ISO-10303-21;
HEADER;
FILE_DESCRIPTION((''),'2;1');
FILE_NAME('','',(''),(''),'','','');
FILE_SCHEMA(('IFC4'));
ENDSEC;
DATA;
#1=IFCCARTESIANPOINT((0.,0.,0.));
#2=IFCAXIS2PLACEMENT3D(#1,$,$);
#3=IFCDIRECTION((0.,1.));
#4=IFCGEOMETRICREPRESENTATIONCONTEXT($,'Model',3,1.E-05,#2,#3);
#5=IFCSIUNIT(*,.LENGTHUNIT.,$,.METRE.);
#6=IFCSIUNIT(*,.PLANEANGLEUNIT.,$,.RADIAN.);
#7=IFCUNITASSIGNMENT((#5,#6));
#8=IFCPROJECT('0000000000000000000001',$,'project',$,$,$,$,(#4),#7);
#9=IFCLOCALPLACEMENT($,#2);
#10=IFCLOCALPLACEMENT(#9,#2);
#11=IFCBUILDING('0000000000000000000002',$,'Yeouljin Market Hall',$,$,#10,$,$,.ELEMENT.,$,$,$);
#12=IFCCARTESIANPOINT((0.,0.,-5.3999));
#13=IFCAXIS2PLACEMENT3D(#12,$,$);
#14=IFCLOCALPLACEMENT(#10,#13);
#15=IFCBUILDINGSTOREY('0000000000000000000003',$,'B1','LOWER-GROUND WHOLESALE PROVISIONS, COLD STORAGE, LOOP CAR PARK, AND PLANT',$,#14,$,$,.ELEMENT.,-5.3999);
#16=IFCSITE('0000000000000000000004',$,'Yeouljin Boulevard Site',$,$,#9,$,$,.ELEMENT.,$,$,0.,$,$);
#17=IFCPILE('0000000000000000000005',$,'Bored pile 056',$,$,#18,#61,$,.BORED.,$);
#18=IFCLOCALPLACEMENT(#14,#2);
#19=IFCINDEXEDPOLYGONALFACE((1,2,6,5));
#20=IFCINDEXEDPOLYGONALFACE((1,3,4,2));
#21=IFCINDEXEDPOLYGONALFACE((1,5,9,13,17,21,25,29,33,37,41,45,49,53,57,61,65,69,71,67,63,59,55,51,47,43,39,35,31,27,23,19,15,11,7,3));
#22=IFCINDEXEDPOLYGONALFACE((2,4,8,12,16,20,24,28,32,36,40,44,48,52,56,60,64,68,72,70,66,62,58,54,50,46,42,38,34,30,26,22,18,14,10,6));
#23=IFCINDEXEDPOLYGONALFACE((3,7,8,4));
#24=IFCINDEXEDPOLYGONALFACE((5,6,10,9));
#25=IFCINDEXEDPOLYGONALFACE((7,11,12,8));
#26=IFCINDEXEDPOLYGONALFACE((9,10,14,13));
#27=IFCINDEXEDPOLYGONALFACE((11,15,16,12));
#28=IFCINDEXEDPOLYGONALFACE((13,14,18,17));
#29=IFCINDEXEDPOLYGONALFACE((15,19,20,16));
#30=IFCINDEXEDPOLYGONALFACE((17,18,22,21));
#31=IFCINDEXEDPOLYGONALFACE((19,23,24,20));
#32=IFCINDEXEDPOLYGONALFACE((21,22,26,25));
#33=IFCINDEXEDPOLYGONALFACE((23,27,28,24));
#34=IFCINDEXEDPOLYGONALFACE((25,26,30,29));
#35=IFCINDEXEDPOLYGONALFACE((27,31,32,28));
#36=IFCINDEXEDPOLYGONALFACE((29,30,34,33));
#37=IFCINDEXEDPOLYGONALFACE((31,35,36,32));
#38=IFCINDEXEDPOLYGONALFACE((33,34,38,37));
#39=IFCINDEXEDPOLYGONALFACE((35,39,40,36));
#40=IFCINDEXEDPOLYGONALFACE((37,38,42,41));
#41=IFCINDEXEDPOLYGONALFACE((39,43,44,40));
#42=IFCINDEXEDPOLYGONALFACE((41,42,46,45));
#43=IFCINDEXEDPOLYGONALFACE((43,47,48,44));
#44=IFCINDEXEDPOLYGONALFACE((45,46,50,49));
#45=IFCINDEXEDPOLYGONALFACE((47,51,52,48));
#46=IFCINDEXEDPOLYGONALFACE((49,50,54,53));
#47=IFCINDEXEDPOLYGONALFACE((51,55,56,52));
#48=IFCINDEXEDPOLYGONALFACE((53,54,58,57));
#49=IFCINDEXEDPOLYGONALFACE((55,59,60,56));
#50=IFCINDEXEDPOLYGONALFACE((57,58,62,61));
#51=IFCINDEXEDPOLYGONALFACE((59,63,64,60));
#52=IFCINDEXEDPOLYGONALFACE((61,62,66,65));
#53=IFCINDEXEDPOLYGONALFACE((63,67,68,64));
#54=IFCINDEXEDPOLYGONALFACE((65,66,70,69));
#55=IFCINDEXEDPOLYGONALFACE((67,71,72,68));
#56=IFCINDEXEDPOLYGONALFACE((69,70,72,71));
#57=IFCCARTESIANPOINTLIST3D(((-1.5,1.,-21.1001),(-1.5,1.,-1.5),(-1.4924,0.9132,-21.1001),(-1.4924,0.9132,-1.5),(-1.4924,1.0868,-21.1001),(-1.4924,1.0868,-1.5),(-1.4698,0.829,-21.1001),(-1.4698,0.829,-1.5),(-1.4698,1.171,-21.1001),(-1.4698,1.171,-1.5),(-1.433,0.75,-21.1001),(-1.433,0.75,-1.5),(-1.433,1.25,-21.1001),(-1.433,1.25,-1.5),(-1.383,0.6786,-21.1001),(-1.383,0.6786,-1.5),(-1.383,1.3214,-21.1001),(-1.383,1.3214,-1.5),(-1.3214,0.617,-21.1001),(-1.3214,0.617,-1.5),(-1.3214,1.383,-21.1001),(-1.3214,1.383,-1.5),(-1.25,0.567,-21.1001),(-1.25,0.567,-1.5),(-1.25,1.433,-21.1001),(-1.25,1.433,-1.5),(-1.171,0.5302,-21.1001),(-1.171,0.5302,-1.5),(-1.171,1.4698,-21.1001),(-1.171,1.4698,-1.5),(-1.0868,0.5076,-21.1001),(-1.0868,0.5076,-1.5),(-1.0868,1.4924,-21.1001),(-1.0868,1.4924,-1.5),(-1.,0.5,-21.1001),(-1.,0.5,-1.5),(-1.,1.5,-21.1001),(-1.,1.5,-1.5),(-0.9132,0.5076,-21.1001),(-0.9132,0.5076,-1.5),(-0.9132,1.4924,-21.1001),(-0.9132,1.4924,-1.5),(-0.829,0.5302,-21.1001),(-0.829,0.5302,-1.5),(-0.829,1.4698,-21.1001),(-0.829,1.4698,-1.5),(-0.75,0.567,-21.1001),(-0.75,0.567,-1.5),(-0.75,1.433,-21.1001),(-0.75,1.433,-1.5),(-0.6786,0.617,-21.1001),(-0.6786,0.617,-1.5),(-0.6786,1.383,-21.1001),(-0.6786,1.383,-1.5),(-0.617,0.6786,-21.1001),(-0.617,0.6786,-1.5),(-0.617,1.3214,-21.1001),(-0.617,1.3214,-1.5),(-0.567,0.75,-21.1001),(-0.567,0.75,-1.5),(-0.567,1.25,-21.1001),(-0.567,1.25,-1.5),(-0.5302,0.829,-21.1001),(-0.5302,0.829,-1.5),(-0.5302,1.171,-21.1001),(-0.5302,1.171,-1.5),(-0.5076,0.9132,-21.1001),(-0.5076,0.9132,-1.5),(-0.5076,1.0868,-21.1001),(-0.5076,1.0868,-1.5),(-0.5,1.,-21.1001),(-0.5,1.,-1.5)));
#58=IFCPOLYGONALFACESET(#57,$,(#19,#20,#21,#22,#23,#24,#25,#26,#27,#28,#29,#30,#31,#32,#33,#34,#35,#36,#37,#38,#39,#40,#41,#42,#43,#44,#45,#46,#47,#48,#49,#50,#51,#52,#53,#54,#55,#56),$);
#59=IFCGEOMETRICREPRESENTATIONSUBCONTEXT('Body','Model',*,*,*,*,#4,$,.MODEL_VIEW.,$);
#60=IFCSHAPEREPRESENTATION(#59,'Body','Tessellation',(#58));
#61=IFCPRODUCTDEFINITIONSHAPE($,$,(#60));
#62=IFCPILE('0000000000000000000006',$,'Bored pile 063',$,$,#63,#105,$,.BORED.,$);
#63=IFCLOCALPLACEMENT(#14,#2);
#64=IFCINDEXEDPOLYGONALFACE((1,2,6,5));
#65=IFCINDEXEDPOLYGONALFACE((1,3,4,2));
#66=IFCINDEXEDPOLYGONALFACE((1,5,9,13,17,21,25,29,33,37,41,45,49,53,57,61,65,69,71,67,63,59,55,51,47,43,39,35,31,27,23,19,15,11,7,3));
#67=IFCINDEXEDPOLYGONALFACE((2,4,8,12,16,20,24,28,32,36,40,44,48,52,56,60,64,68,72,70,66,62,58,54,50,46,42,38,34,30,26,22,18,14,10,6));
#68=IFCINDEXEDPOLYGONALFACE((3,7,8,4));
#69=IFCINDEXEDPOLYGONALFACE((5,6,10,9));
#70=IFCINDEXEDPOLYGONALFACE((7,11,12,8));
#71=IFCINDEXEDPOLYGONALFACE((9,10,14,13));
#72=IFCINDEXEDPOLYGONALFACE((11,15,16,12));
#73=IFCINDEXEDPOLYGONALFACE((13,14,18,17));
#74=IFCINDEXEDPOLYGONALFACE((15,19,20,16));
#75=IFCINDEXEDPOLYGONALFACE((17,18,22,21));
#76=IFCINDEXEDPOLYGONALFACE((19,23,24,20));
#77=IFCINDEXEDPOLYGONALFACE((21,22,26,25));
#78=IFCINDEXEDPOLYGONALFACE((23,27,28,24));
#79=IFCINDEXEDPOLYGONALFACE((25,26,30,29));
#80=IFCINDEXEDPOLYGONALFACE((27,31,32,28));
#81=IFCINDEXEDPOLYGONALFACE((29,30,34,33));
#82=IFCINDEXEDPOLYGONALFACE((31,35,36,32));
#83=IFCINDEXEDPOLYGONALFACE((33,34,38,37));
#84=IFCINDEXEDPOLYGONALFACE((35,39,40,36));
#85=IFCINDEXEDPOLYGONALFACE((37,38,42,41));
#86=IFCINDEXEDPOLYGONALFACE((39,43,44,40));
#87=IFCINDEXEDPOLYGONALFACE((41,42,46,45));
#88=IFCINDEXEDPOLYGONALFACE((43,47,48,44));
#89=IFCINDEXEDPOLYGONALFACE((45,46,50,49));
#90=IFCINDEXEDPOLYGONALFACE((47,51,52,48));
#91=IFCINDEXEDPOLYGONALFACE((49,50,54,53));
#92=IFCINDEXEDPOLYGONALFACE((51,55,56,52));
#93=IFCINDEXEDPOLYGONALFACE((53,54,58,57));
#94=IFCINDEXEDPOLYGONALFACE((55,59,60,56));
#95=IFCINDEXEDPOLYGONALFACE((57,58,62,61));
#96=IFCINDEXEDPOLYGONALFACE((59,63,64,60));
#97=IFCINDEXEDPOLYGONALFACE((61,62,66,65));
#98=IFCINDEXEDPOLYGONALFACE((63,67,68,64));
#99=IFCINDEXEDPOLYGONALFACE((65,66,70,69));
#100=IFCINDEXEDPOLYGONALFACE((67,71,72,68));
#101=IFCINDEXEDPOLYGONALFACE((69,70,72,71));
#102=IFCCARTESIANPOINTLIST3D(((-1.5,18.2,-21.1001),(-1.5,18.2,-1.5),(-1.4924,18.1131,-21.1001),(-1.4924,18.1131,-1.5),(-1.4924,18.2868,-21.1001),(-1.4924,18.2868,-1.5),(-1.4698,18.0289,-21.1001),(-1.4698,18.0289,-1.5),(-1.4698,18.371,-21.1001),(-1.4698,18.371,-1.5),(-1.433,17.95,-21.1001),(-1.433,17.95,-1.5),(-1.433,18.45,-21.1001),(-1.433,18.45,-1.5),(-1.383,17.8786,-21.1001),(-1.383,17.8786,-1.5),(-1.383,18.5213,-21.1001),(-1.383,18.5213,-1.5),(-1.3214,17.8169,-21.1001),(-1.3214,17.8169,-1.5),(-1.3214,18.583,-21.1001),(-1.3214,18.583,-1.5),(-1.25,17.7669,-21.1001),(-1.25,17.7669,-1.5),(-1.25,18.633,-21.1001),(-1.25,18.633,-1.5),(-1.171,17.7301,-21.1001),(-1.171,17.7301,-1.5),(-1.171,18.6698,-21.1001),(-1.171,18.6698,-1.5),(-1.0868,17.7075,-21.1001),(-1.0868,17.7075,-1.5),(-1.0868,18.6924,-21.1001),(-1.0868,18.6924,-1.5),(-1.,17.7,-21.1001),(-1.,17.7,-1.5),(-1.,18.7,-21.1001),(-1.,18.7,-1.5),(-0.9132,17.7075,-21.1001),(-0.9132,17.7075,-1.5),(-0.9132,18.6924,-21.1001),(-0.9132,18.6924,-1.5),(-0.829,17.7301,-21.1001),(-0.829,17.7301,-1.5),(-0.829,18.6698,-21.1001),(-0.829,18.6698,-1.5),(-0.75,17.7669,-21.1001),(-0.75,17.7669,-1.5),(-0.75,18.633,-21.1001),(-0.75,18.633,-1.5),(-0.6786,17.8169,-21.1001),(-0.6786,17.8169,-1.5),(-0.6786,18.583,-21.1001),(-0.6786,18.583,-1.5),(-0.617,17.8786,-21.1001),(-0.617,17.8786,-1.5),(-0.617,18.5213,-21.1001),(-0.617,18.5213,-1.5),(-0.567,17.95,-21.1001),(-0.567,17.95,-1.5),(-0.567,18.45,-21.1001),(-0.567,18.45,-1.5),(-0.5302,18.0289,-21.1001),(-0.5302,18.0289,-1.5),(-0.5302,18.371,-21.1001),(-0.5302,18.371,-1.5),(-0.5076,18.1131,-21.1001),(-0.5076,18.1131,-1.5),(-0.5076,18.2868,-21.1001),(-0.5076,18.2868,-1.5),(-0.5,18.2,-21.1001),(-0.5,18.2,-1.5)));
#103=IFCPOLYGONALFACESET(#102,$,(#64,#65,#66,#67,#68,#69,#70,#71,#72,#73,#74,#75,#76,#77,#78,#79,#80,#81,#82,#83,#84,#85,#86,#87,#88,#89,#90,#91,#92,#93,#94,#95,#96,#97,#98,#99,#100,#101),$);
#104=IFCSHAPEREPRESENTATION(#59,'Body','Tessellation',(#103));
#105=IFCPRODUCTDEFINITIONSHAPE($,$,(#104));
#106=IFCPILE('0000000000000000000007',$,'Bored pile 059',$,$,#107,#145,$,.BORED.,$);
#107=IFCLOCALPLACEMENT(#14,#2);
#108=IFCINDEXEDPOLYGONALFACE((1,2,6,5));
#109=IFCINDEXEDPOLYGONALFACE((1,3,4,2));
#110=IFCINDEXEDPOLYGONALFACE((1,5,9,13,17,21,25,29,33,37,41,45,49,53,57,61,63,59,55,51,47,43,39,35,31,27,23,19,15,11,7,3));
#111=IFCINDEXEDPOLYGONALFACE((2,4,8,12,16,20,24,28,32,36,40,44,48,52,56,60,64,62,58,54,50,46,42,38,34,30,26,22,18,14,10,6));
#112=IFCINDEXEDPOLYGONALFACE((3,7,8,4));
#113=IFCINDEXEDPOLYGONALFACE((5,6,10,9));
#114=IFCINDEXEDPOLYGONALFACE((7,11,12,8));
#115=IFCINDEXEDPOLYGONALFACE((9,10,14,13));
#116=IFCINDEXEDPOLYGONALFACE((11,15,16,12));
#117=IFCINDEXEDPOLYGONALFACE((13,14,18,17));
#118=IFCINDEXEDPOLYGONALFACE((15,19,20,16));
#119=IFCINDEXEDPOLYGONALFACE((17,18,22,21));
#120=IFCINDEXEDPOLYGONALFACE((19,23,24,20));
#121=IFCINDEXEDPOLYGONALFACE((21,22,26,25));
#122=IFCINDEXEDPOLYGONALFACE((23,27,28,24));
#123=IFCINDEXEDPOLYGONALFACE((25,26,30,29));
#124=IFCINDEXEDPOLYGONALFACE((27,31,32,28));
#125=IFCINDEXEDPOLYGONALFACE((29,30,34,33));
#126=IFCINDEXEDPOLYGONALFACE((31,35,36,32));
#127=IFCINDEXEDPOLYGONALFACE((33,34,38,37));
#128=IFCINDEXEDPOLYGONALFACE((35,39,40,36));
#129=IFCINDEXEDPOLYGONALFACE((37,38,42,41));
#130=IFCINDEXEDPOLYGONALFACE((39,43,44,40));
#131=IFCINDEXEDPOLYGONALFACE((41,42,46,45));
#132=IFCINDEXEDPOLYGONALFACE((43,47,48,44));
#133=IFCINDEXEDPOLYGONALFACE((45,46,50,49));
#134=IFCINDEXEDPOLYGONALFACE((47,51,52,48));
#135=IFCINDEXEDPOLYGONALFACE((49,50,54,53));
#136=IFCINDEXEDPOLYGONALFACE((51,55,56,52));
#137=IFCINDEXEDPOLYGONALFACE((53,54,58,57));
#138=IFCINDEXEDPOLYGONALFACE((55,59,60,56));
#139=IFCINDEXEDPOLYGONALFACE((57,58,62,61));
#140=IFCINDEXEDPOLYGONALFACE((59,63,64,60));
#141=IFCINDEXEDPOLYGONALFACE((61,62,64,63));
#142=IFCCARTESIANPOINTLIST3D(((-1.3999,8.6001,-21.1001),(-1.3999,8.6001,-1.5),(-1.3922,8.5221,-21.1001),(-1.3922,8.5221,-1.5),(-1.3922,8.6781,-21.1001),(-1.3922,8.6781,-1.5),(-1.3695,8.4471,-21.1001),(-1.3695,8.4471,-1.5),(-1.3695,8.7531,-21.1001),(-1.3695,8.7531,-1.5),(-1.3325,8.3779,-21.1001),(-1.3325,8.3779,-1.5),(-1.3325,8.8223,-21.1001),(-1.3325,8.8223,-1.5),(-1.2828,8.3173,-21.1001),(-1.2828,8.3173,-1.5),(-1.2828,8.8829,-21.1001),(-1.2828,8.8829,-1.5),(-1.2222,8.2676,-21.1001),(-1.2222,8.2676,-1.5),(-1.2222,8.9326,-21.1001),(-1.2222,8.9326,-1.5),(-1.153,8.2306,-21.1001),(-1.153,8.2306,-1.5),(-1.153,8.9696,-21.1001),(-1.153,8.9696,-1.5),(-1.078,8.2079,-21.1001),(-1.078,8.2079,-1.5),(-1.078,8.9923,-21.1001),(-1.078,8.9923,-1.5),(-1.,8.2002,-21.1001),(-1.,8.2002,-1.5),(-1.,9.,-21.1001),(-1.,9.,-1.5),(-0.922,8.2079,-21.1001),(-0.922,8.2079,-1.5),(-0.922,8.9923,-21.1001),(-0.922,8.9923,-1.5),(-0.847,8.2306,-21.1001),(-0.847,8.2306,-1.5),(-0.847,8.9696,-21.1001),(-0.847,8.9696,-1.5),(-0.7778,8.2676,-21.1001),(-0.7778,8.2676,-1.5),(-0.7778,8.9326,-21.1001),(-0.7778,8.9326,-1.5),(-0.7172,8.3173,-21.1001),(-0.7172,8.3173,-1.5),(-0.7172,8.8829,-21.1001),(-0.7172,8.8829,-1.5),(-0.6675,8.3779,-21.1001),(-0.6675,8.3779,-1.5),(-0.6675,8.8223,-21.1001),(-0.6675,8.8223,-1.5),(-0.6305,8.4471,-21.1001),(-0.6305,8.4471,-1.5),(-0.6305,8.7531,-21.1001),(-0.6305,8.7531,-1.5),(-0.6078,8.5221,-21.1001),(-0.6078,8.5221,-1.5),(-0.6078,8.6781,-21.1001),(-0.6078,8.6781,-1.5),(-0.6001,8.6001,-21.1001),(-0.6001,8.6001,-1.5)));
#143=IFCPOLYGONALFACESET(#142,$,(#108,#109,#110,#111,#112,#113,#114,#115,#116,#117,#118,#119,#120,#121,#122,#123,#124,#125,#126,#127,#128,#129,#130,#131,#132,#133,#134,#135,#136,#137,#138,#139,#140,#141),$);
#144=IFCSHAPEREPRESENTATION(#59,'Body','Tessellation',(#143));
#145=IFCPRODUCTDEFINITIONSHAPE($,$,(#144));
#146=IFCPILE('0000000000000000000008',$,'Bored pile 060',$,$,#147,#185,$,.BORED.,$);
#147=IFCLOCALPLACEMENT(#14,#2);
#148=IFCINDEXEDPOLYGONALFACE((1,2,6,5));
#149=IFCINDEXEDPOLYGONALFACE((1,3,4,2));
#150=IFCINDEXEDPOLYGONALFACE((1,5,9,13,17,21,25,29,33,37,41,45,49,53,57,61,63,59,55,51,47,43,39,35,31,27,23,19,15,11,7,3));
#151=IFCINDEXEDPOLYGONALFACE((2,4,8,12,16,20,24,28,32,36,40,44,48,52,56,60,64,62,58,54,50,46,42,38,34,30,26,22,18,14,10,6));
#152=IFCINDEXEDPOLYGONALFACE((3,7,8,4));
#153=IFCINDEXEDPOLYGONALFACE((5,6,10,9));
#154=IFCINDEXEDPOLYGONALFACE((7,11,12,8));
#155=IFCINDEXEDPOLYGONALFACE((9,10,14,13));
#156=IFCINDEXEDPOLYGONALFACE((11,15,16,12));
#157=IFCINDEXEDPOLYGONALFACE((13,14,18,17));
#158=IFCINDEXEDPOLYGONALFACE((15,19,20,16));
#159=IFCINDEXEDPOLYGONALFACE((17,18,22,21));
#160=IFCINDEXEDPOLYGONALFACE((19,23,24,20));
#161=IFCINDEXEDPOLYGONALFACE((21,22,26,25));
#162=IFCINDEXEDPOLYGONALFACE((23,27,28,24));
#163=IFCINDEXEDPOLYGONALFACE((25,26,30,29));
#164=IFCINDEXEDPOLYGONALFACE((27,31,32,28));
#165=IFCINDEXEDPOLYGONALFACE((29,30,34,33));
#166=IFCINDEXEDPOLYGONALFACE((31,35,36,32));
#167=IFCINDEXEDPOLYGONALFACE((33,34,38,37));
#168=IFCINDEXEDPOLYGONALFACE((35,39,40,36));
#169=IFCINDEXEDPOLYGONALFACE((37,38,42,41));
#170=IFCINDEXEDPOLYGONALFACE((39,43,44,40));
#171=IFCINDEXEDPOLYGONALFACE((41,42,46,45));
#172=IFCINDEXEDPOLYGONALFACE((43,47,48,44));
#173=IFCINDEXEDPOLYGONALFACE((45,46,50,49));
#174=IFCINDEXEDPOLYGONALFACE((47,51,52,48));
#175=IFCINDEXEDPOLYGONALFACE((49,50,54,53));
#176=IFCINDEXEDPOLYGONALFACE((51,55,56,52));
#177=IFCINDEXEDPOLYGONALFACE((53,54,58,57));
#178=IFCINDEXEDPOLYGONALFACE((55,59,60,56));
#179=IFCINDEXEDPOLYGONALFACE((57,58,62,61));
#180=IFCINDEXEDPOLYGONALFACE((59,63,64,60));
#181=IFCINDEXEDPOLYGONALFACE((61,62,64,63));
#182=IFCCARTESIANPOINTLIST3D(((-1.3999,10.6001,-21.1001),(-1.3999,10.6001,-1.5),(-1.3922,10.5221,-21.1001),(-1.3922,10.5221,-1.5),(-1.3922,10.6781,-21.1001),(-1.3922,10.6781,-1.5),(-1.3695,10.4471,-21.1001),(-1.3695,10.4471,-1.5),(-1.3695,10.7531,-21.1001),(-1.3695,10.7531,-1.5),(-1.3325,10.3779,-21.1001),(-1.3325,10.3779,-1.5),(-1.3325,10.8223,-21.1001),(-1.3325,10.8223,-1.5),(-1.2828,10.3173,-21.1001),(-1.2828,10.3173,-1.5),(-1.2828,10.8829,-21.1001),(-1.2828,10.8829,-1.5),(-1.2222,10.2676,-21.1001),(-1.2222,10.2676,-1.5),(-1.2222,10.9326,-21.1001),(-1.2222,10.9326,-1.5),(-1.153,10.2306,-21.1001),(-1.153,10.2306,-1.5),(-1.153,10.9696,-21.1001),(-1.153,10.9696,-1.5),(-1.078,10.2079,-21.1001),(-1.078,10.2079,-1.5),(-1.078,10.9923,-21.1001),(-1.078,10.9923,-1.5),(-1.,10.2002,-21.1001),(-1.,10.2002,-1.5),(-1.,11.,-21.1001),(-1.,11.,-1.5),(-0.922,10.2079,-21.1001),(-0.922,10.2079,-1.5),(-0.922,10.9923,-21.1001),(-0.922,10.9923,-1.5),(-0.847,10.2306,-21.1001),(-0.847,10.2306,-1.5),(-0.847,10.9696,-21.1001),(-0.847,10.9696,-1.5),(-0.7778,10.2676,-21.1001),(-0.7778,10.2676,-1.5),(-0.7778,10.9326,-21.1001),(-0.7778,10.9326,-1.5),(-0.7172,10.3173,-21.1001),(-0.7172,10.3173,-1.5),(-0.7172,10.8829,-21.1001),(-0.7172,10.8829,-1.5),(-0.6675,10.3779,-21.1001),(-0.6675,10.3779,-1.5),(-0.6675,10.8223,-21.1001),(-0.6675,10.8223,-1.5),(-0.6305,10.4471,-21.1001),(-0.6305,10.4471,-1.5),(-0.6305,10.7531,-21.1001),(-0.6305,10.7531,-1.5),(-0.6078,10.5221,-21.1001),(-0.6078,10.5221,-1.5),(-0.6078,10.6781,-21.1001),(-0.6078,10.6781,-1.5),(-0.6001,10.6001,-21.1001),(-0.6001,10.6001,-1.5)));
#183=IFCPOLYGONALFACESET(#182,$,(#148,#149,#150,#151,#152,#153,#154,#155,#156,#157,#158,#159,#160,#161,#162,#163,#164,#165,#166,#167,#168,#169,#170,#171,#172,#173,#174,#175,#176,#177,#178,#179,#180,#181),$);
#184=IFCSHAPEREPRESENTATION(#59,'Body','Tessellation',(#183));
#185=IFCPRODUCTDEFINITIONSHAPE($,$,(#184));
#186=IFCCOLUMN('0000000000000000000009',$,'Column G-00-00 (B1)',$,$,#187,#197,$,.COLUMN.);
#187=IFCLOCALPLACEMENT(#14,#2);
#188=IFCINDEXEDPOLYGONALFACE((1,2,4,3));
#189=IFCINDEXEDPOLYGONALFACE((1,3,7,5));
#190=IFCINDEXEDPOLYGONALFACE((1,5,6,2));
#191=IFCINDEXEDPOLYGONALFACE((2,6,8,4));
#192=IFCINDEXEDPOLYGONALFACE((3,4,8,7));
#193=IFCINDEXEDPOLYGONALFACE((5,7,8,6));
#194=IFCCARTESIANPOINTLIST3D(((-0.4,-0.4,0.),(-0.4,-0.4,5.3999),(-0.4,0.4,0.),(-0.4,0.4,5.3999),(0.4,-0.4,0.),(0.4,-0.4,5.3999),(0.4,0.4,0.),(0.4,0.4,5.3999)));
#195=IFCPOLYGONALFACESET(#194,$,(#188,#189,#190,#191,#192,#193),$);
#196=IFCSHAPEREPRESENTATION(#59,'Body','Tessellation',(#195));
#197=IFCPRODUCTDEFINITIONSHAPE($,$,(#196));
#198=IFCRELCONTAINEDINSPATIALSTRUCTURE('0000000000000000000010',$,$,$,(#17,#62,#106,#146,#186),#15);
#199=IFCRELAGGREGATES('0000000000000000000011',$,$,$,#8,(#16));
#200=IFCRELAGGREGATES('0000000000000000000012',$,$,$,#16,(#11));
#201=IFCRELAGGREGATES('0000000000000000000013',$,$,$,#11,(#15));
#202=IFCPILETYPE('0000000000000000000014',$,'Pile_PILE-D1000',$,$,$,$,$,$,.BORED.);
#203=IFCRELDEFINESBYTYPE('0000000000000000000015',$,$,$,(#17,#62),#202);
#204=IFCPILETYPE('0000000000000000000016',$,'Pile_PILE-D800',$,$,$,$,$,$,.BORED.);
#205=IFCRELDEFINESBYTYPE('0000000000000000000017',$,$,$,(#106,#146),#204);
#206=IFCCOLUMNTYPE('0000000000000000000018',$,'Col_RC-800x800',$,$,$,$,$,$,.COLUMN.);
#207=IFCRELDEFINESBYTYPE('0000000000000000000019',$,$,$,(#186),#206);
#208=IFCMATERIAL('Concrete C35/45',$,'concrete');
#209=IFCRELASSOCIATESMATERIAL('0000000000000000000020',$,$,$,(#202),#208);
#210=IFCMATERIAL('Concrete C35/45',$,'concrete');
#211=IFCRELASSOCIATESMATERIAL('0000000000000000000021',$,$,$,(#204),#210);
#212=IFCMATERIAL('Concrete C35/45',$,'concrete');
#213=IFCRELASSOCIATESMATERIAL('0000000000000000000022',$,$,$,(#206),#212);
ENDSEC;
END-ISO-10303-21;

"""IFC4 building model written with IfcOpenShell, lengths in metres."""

from ifc_helpers import new_model, si_unit, direction, frame, origin, origin_with_axes, origin_2d, place, context, subcontext, project, spatial, rectangle, circle, extrude, material, material_profile, profile_set, type_object, element, save


model = new_model("IFC4")

# Units and contexts
model_context = context("Model", 3, precision=1e-05, world=origin(), true_north=direction((0.0, 1.0)))
body_context = subcontext(model_context, "Body", "Model", "MODEL_VIEW")
ifc_project = project(units=[si_unit("LENGTHUNIT", "METRE"), si_unit("PLANEANGLEUNIT", "RADIAN")], contexts=[model_context])

# Site, building, storey
site_placement = place(None, origin())
site = spatial("IfcSite", under=ifc_project, at=site_placement, Name="Yeouljin Boulevard Site", CompositionType="ELEMENT", RefElevation=0.0)
building_placement = place(site_placement, origin())
building = spatial("IfcBuilding", under=site, at=building_placement, Name="Yeouljin Market Hall", CompositionType="ELEMENT")
storey_placement = place(building_placement, frame((0.0, 0.0, -5.3999)))
storey = spatial("IfcBuildingStorey", under=building, at=storey_placement, Name="B1", Description="LOWER-GROUND WHOLESALE PROVISIONS, COLD STORAGE, LOOP CAR PARK, AND PLANT", CompositionType="ELEMENT", Elevation=-5.3999)

# Piles
ifc_material_1 = material(Name="Concrete C35/45", Category="concrete")
ifc_material_profile_1 = material_profile(ifc_material_1, circle(Radius=0.5, at=origin_2d()), Name="PILE-D1000")
ifc_profile_set_1 = profile_set([ifc_material_profile_1], Name="Concrete C35/45")
pile_type_1 = type_object("IfcPileType", Name="Pile_PILE-D1000", PredefinedType="BORED", material=ifc_profile_set_1)
for number, where, z_axis, x_axis, name in (
    (1, (-1.0, 1.0, -1.5), (0.0, 0.0, -1.0), (1.0, 0.0, 0.0), "Bored pile 056"),
    (2, (-1.0, 18.2, -1.5), (0.0, 0.0, -1.0), (1.0, 0.0, 0.0), "Bored pile 063"),
):
    element("IfcPile", number, at=place(storey_placement, frame(where, z_axis=z_axis, x_axis=x_axis)), inside=storey, type_object=pile_type_1, Name=name, PredefinedType="BORED", context=body_context, shape_type="SweptSolid", body=[
        extrude(circle(Radius=0.5, at=origin_2d()), origin(), (0.0, 0.0, 1.0), 19.6001),
    ])
ifc_material_2 = material(Name="Concrete C35/45", Category="concrete")
ifc_material_profile_2 = material_profile(ifc_material_2, circle(Radius=0.3999, at=origin_2d()), Name="PILE-D800")
ifc_profile_set_2 = profile_set([ifc_material_profile_2], Name="Concrete C35/45")
pile_type_2 = type_object("IfcPileType", Name="Pile_PILE-D800", PredefinedType="BORED", material=ifc_profile_set_2)
for number, where, z_axis, x_axis, name in (
    (3, (-1.0, 8.6001, -1.5), (0.0, 0.0, -1.0), (1.0, 0.0, 0.0), "Bored pile 059"),
    (4, (-1.0, 10.6001, -1.5), (0.0, 0.0, -1.0), (1.0, 0.0, 0.0), "Bored pile 060"),
):
    element("IfcPile", number, at=place(storey_placement, frame(where, z_axis=z_axis, x_axis=x_axis)), inside=storey, type_object=pile_type_2, Name=name, PredefinedType="BORED", context=body_context, shape_type="SweptSolid", body=[
        extrude(circle(Radius=0.3999, at=origin_2d()), origin(), (0.0, 0.0, 1.0), 19.6001),
    ])

# Column
ifc_material_3 = material(Name="Concrete C35/45", Category="concrete")
ifc_material_profile_3 = material_profile(ifc_material_3, rectangle(XDim=0.8, YDim=0.8, at=origin_2d()), Name="RC-800x800")
ifc_profile_set_3 = profile_set([ifc_material_profile_3], Name="Concrete C35/45")
column_type = type_object("IfcColumnType", Name="Col_RC-800x800", PredefinedType="COLUMN", material=ifc_profile_set_3)
column_placement = place(storey_placement, origin_with_axes())
element("IfcColumn", 5, at=column_placement, inside=storey, type_object=column_type, Name="Column G-00-00 (B1)", PredefinedType="COLUMN", context=body_context, shape_type="SweptSolid", body=[
    extrude(rectangle(XDim=0.8, YDim=0.8, at=origin_2d()), origin(), (0.0, 0.0, 1.0), 5.3999),
])

save(model, "model.ifc")
